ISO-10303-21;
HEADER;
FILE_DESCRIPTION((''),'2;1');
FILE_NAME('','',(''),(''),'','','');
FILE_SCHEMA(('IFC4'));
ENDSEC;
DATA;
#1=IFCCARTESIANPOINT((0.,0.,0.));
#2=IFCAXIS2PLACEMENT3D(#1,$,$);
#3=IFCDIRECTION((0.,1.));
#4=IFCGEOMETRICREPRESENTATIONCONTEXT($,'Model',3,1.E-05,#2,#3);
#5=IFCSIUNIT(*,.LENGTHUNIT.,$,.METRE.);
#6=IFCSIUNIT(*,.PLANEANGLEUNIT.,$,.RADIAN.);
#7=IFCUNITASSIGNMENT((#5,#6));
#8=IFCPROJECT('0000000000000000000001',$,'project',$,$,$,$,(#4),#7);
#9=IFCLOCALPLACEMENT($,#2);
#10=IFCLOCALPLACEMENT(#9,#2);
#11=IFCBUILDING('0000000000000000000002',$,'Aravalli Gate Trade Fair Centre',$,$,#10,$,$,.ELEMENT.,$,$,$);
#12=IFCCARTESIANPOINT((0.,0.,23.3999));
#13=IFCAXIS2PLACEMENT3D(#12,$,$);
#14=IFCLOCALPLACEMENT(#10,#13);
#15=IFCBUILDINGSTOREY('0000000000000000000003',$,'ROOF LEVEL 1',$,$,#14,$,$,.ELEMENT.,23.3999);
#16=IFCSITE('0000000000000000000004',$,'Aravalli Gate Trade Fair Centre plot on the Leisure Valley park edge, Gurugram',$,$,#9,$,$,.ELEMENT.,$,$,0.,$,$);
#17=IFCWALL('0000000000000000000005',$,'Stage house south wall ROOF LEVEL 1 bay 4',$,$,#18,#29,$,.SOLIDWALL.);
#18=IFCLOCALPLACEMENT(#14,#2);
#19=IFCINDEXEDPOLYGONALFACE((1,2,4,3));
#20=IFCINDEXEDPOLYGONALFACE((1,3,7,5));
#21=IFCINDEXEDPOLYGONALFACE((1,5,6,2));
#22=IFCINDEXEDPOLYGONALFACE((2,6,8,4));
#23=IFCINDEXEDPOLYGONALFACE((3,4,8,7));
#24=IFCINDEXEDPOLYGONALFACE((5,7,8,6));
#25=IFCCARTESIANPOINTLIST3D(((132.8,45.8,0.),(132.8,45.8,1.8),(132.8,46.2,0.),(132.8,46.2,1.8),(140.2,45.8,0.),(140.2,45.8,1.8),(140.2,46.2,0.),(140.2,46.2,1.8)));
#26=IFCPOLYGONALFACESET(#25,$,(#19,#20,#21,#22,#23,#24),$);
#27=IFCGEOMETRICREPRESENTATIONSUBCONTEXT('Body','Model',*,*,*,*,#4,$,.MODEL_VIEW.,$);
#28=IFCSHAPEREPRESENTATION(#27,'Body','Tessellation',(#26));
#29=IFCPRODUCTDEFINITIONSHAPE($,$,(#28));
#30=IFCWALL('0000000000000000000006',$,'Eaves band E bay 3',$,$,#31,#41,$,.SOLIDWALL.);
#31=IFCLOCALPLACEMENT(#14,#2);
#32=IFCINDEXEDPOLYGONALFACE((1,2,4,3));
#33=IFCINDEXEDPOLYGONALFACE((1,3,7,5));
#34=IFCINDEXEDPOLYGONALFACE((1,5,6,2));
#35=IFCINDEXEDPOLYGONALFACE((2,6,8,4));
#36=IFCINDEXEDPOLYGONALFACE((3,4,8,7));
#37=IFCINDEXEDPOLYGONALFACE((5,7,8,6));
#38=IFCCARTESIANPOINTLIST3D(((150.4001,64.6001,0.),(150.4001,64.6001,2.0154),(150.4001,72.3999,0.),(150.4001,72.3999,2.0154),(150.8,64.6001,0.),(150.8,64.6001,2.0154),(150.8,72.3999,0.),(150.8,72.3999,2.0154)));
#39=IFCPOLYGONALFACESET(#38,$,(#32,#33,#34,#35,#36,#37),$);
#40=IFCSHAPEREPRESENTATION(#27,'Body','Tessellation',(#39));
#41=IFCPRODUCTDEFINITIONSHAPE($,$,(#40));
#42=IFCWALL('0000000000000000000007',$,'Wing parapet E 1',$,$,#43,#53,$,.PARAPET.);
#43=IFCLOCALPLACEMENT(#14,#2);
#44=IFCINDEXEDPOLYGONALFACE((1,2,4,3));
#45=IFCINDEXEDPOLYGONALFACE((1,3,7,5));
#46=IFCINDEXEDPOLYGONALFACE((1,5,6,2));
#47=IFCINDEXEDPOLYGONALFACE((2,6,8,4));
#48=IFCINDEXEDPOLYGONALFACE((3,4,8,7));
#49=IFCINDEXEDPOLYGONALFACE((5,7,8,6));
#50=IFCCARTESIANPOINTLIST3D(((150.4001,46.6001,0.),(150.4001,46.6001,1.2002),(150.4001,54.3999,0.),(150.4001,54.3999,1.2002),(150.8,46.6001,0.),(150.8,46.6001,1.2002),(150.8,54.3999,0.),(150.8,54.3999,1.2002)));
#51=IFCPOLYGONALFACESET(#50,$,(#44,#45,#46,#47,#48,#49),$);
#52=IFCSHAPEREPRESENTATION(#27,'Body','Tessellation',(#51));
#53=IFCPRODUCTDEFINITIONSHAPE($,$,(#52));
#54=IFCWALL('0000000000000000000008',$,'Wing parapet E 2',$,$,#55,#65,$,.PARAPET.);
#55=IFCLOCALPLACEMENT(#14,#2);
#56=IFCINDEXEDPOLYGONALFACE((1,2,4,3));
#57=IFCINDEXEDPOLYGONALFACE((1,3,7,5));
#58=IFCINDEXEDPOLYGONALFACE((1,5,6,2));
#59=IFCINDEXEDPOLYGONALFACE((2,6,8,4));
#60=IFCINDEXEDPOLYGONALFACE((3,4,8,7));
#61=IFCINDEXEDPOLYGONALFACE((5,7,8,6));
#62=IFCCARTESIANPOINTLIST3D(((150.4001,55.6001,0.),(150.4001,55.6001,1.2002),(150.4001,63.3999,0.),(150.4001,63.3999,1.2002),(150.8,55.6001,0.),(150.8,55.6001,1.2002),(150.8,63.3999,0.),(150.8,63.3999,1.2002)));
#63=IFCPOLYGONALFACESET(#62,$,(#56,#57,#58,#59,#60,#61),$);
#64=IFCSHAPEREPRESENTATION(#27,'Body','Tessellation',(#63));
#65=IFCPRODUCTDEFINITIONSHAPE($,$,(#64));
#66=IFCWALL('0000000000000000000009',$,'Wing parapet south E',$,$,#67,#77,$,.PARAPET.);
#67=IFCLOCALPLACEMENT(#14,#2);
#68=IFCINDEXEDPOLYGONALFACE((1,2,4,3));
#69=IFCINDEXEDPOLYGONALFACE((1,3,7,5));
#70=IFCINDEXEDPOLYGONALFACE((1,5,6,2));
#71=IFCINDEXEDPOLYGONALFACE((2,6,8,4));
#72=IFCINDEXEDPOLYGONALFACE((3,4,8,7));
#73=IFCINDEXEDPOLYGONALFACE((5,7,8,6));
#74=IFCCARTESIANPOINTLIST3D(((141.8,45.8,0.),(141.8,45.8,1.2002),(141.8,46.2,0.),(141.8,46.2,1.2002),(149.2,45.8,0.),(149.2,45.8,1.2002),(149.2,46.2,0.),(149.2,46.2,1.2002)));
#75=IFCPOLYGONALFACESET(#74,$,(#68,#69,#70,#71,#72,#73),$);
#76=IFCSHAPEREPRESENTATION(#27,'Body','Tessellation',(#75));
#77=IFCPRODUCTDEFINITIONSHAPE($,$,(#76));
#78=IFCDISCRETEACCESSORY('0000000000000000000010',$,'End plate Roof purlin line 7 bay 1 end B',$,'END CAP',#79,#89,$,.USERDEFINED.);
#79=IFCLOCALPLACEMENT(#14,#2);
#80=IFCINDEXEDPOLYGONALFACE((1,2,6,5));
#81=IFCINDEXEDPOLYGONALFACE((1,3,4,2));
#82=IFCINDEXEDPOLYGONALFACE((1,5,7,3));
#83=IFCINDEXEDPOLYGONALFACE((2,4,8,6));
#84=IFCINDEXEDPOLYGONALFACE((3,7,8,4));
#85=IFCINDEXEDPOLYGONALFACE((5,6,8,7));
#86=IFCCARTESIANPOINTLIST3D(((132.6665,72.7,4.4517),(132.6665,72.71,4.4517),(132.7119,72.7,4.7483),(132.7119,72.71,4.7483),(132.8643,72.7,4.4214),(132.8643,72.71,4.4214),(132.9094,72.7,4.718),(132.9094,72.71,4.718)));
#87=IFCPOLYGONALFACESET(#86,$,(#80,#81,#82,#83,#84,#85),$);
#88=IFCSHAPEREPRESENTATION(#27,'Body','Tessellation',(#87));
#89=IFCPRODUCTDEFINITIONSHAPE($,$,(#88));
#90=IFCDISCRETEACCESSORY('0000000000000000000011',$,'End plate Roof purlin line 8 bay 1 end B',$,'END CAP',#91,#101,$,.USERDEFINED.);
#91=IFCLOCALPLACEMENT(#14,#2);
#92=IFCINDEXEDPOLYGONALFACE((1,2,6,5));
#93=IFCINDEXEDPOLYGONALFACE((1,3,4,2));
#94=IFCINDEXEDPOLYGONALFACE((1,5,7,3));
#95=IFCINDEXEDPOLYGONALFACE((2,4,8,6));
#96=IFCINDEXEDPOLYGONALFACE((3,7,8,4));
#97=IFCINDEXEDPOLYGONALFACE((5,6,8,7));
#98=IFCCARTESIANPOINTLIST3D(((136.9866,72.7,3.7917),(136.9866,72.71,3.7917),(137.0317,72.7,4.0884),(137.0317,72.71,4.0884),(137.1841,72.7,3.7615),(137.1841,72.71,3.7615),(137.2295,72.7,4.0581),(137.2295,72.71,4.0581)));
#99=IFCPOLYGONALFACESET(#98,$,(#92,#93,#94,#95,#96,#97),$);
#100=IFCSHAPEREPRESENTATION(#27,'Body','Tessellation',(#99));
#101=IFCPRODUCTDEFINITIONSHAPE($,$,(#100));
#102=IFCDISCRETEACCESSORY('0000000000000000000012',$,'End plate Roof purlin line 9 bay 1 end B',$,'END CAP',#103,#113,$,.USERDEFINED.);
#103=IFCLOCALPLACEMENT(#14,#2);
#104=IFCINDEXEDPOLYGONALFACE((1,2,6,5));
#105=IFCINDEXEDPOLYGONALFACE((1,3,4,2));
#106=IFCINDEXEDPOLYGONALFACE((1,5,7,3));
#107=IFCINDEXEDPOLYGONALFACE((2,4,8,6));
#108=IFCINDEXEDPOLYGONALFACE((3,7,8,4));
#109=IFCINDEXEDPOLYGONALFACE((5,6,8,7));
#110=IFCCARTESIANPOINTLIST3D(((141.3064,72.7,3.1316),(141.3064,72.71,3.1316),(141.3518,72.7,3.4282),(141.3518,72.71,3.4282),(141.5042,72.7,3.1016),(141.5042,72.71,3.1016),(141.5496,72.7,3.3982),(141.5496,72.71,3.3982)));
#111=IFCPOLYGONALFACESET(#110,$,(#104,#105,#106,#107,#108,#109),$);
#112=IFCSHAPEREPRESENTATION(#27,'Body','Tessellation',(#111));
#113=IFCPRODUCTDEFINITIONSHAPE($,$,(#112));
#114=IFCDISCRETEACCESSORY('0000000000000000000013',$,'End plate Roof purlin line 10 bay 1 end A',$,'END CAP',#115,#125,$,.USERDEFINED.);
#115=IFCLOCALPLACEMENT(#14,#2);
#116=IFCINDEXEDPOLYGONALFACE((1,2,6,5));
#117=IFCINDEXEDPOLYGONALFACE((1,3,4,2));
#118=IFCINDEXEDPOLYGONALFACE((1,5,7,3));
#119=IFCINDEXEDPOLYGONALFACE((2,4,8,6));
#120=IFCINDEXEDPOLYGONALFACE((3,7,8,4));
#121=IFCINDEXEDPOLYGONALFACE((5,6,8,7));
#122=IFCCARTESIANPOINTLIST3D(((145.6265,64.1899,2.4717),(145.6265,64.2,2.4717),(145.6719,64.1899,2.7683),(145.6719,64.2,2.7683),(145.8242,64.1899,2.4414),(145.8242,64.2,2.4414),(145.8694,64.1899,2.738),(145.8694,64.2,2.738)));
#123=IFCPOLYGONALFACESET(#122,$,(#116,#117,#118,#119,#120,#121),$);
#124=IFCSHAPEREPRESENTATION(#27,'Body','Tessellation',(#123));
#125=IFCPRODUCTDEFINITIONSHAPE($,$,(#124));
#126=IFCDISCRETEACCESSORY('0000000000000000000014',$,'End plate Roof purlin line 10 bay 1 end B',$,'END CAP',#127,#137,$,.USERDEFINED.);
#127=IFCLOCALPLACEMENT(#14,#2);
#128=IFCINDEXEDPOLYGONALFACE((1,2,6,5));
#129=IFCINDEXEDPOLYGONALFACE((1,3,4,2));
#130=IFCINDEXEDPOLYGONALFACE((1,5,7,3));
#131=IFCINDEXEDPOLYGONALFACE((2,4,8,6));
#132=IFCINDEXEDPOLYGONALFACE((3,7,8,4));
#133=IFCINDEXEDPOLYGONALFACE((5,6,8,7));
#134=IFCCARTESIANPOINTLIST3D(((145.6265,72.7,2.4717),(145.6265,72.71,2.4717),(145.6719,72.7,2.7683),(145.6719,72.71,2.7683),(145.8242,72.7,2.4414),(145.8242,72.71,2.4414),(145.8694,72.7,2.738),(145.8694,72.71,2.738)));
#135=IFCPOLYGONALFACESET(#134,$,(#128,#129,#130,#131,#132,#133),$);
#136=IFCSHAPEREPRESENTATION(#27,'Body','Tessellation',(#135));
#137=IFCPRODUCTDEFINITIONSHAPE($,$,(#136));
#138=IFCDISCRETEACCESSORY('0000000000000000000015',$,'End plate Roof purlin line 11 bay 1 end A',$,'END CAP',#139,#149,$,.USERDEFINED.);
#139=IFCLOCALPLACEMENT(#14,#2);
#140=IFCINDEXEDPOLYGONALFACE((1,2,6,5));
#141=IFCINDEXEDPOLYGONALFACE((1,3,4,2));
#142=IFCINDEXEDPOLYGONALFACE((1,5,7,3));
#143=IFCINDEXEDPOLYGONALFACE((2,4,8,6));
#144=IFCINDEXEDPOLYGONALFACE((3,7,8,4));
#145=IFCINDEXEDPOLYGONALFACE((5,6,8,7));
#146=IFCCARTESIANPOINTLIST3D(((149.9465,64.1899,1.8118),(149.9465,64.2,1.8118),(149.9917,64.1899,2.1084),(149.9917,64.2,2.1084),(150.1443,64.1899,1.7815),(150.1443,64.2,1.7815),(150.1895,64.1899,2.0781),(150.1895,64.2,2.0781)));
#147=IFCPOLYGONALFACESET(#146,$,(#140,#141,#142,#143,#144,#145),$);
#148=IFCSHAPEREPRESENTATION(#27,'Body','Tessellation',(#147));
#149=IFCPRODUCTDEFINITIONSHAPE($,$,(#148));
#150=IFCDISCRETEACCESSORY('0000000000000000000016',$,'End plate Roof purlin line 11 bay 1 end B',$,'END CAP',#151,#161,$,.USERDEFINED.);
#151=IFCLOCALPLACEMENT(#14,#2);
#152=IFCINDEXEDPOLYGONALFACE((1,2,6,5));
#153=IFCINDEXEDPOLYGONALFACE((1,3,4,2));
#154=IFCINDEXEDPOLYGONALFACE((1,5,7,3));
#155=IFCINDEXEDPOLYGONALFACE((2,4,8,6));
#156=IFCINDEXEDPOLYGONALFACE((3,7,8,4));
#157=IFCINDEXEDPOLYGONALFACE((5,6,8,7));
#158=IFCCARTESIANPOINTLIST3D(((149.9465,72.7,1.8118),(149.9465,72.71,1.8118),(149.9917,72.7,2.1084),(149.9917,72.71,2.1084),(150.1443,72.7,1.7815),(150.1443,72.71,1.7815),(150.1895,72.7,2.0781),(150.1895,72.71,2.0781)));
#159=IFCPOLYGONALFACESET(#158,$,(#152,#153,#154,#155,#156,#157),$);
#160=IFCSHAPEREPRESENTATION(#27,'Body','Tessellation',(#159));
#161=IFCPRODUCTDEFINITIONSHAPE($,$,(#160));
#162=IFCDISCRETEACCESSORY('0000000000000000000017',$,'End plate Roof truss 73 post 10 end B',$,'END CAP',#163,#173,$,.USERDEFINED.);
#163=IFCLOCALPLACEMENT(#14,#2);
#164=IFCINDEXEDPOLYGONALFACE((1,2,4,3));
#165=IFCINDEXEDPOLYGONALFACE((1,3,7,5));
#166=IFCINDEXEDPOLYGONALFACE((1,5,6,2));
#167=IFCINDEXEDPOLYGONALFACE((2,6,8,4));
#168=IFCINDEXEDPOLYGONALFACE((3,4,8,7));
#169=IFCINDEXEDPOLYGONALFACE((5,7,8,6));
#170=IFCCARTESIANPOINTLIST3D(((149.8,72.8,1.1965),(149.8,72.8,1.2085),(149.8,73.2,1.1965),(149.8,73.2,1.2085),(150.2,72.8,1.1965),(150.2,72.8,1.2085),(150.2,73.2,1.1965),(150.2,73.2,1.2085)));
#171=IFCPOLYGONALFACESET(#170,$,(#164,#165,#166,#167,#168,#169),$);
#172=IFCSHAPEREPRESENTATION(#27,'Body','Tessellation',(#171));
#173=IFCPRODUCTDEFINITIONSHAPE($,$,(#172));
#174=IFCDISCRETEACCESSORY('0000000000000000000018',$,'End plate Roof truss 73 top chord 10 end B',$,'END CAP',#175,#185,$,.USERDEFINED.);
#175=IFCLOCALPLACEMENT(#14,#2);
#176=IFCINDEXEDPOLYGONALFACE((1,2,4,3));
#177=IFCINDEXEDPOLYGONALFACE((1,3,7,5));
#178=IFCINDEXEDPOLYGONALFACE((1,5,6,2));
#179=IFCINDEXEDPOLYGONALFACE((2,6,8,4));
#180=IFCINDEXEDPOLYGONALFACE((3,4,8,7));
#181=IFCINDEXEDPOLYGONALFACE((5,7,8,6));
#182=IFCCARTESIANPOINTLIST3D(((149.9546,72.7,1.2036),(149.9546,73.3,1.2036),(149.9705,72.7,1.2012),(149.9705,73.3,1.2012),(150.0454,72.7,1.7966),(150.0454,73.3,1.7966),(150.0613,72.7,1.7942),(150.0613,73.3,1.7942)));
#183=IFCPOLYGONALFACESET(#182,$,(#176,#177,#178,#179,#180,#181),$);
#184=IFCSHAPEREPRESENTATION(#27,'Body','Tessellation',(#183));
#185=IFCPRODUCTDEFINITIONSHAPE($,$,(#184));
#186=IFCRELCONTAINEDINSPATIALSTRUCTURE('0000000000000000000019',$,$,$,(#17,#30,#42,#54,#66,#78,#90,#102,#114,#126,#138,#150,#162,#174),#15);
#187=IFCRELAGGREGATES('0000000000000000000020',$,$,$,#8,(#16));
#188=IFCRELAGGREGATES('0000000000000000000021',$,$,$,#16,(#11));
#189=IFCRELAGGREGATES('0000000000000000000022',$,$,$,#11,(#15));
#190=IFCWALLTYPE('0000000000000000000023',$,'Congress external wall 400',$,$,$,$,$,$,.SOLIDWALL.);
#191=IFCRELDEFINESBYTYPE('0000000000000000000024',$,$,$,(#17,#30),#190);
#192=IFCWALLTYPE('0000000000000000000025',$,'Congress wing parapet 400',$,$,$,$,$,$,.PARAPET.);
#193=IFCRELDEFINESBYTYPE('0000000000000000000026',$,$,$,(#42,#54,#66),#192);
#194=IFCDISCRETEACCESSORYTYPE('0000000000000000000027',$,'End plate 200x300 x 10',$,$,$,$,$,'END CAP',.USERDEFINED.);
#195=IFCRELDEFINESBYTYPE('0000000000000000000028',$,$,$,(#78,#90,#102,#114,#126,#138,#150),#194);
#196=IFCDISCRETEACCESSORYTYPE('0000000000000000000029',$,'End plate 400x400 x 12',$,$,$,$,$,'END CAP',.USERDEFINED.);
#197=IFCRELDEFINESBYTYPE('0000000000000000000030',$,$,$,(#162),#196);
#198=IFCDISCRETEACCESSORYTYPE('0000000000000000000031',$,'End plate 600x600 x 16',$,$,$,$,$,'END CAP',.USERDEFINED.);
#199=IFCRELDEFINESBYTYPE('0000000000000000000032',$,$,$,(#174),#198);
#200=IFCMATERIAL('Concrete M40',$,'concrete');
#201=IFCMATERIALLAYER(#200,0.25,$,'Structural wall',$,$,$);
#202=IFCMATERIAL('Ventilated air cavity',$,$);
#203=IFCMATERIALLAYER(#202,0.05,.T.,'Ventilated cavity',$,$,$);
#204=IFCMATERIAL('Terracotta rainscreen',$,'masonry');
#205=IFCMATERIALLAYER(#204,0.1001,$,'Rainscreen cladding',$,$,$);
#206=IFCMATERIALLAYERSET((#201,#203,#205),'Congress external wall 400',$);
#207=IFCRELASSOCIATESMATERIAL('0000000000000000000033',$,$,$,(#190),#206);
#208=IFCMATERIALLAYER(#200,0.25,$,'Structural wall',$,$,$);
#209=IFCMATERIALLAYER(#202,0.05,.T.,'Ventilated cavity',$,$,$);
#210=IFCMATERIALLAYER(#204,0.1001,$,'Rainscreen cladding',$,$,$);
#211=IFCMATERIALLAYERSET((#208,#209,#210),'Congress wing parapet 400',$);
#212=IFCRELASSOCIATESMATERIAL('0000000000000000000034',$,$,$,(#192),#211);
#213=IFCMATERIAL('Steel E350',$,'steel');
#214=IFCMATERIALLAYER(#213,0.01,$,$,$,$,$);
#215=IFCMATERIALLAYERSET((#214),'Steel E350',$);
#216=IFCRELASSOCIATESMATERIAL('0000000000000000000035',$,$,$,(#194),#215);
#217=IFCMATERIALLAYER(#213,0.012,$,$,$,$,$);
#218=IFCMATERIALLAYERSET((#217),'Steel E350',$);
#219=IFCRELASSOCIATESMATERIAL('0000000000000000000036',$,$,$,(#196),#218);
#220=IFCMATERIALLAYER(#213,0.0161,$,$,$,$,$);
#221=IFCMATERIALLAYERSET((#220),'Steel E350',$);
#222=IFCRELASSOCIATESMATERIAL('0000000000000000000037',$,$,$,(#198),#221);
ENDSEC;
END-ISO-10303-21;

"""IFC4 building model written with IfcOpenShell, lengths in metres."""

from ifc_helpers import new_model, si_unit, direction, frame, frame_2d, origin, place, context, subcontext, project, spatial, polyline, rectangle, outline, extrude, material, layer, layer_set, type_object, element, save


model = new_model("IFC4")

# Units and contexts
model_context = context("Model", 3, precision=1e-05, world=origin(), true_north=direction((0.0, 1.0)))
body_context = subcontext(model_context, "Body", "Model", "MODEL_VIEW")
ifc_project = project(units=[si_unit("LENGTHUNIT", "METRE"), si_unit("PLANEANGLEUNIT", "RADIAN")], contexts=[model_context])

# Site, building, storey
site_placement = place(None, origin())
site = spatial("IfcSite", under=ifc_project, at=site_placement, Name="Aravalli Gate Trade Fair Centre plot on the Leisure Valley park edge, Gurugram", CompositionType="ELEMENT", RefElevation=0.0)
building_placement = place(site_placement, origin())
building = spatial("IfcBuilding", under=site, at=building_placement, Name="Aravalli Gate Trade Fair Centre", CompositionType="ELEMENT")
storey_placement = place(building_placement, frame((0.0, 0.0, 23.3999)))
storey = spatial("IfcBuildingStorey", under=building, at=storey_placement, Name="ROOF LEVEL 1", CompositionType="ELEMENT", Elevation=23.3999)

# Shared definitions
ifc_material_1 = material(Name="Steel E350", Category="steel")

# Walls
ifc_material_2 = material(Name="Concrete M40", Category="concrete")
ifc_layer_1 = layer(ifc_material_2, 0.25, Name="Structural wall")
ifc_material_3 = material(Name="Ventilated air cavity")
ifc_layer_2 = layer(ifc_material_3, 0.05, ventilated=True, Name="Ventilated cavity")
ifc_material_4 = material(Name="Terracotta rainscreen", Category="masonry")
ifc_layer_3 = layer(ifc_material_4, 0.1001, Name="Rainscreen cladding")
ifc_layer_set_1 = layer_set([ifc_layer_1, ifc_layer_2, ifc_layer_3], Name="Congress external wall 400")
wall_type_1 = type_object("IfcWallType", Name="Congress external wall 400", PredefinedType="SOLIDWALL", material=ifc_layer_set_1)
wall_1_placement = place(storey_placement, frame((132.8, 46.0, 0.0), z_axis=(0.0, 0.0, 1.0), x_axis=(1.0, 0.0, 0.0)))
element("IfcWall", 1, at=wall_1_placement, inside=storey, type_object=wall_type_1, Name="Stage house south wall ROOF LEVEL 1 bay 4", PredefinedType="SOLIDWALL", context=body_context, shape_type="SweptSolid", body=[
    extrude(rectangle(XDim=7.3999, YDim=0.3999, at=frame_2d((3.7, 0.0))), origin(), (0.0, 0.0, 1.0), 1.8),
])
wall_2_placement = place(storey_placement, frame((150.6001, 64.6001, 0.0), z_axis=(0.0, 0.0, 1.0), x_axis=(0.0, 1.0, 0.0)))
element("IfcWall", 2, at=wall_2_placement, inside=storey, type_object=wall_type_1, Name="Eaves band E bay 3", PredefinedType="SOLIDWALL", context=body_context, shape_type="SweptSolid", body=[
    extrude(rectangle(XDim=7.7998, YDim=0.3999, at=frame_2d((3.8999, 0.0))), origin(), (0.0, 0.0, 1.0), 2.0154),
])
ifc_layer_4 = layer(ifc_material_2, 0.25, Name="Structural wall")
ifc_layer_5 = layer(ifc_material_3, 0.05, ventilated=True, Name="Ventilated cavity")
ifc_layer_6 = layer(ifc_material_4, 0.1001, Name="Rainscreen cladding")
ifc_layer_set_2 = layer_set([ifc_layer_4, ifc_layer_5, ifc_layer_6], Name="Congress wing parapet 400")
wall_type_2 = type_object("IfcWallType", Name="Congress wing parapet 400", PredefinedType="PARAPET", material=ifc_layer_set_2)
for number, where, z_axis, x_axis, name in (
    (3, (150.6001, 46.6001, 0.0), (0.0, 0.0, 1.0), (0.0, 1.0, 0.0), "Wing parapet E 1"),
    (4, (150.6001, 55.6001, 0.0), (0.0, 0.0, 1.0), (0.0, 1.0, 0.0), "Wing parapet E 2"),
):
    element("IfcWall", number, at=place(storey_placement, frame(where, z_axis=z_axis, x_axis=x_axis)), inside=storey, type_object=wall_type_2, Name=name, PredefinedType="PARAPET", context=body_context, shape_type="SweptSolid", body=[
        extrude(rectangle(XDim=7.7998, YDim=0.3999, at=frame_2d((3.8999, 0.0))), origin(), (0.0, 0.0, 1.0), 1.2002),
    ])
wall_3_placement = place(storey_placement, frame((141.8, 46.0, 0.0), z_axis=(0.0, 0.0, 1.0), x_axis=(1.0, 0.0, 0.0)))
element("IfcWall", 5, at=wall_3_placement, inside=storey, type_object=wall_type_2, Name="Wing parapet south E", PredefinedType="PARAPET", context=body_context, shape_type="SweptSolid", body=[
    extrude(rectangle(XDim=7.3999, YDim=0.3999, at=frame_2d((3.7, 0.0))), origin(), (0.0, 0.0, 1.0), 1.2002),
])

# Discrete accessories
ifc_layer_7 = layer(ifc_material_1, 0.01)
ifc_layer_set_3 = layer_set([ifc_layer_7], Name="Steel E350")
discrete_accessory_type_1 = type_object("IfcDiscreteAccessoryType", Name="End plate 200x300 x 10", ElementType="END CAP", PredefinedType="USERDEFINED", material=ifc_layer_set_3)
discrete_accessory_1_placement = place(storey_placement, frame((132.8643, 72.71, 4.4214), z_axis=(0.0, 1.0, 0.0), x_axis=(-0.988484, 0.0, 0.151324)))
element("IfcDiscreteAccessory", 6, at=discrete_accessory_1_placement, inside=storey, type_object=discrete_accessory_type_1, Name="End plate Roof purlin line 7 bay 1 end B", ObjectType="END CAP", PredefinedType="USERDEFINED", context=body_context, shape_type="SweptSolid", body=[
    extrude(outline(polyline([(0.0, 0.0), (0.2001, 0.0), (0.2001, 0.3001), (0.0002, 0.3), (0.0, 0.0)])), origin(), (0.0, 0.0, -1.0), 0.01),
])
discrete_accessory_2_placement = place(storey_placement, frame((137.1841, 72.71, 3.7615), z_axis=(0.0, 1.0, 0.0), x_axis=(-0.988456, 0.0, 0.151506)))
element("IfcDiscreteAccessory", 7, at=discrete_accessory_2_placement, inside=storey, type_object=discrete_accessory_type_1, Name="End plate Roof purlin line 8 bay 1 end B", ObjectType="END CAP", PredefinedType="USERDEFINED", context=body_context, shape_type="SweptSolid", body=[
    extrude(outline(polyline([(0.0, 0.0), (0.1998, 0.0), (0.2001, 0.3), (0.0001, 0.3001), (0.0, 0.0)])), origin(), (0.0, 0.0, -1.0), 0.01),
])
discrete_accessory_3_placement = place(storey_placement, frame((141.5042, 72.71, 3.1016), z_axis=(0.0, 1.0, 0.0), x_axis=(-0.988666, 0.0, 0.150131)))
element("IfcDiscreteAccessory", 8, at=discrete_accessory_3_placement, inside=storey, type_object=discrete_accessory_type_1, Name="End plate Roof purlin line 9 bay 1 end B", ObjectType="END CAP", PredefinedType="USERDEFINED", context=body_context, shape_type="SweptSolid", body=[
    extrude(outline(polyline([(0.0, 0.0), (0.2, 0.0), (0.1997, 0.3001), (-0.0004, 0.3001), (0.0, 0.0)])), origin(), (0.0, 0.0, -1.0), 0.01),
])
for number, where, z_axis, x_axis, name in (
    (9, (145.8242, 64.2, 2.4414), (0.0, 1.0, 0.0), (-0.988484, 0.0, 0.151324), "End plate Roof purlin line 10 bay 1 end A"),
    (10, (145.8242, 72.71, 2.4414), (0.0, 1.0, 0.0), (-0.988484, 0.0, 0.151324), "End plate Roof purlin line 10 bay 1 end B"),
):
    element("IfcDiscreteAccessory", number, at=place(storey_placement, frame(where, z_axis=z_axis, x_axis=x_axis)), inside=storey, type_object=discrete_accessory_type_1, Name=name, ObjectType="END CAP", PredefinedType="USERDEFINED", context=body_context, shape_type="SweptSolid", body=[
        extrude(outline(polyline([(0.0, 0.0), (0.2001, 0.0), (0.2001, 0.3001), (0.0002, 0.3), (0.0, 0.0)])), origin(), (0.0, 0.0, -1.0), 0.01),
    ])
for number, where, z_axis, x_axis, name in (
    (11, (150.1443, 64.2, 1.7815), (0.0, 1.0, 0.0), (-0.988484, 0.0, 0.151324), "End plate Roof purlin line 11 bay 1 end A"),
    (12, (150.1443, 72.71, 1.7815), (0.0, 1.0, 0.0), (-0.988484, 0.0, 0.151324), "End plate Roof purlin line 11 bay 1 end B"),
):
    element("IfcDiscreteAccessory", number, at=place(storey_placement, frame(where, z_axis=z_axis, x_axis=x_axis)), inside=storey, type_object=discrete_accessory_type_1, Name=name, ObjectType="END CAP", PredefinedType="USERDEFINED", context=body_context, shape_type="SweptSolid", body=[
        extrude(outline(polyline([(0.0, 0.0), (0.2001, 0.0), (0.2003, 0.3), (0.0002, 0.3), (0.0, 0.0)])), origin(), (0.0, 0.0, -1.0), 0.01),
    ])
ifc_layer_8 = layer(ifc_material_1, 0.012)
ifc_layer_set_4 = layer_set([ifc_layer_8], Name="Steel E350")
discrete_accessory_type_2 = type_object("IfcDiscreteAccessoryType", Name="End plate 400x400 x 12", ElementType="END CAP", PredefinedType="USERDEFINED", material=ifc_layer_set_4)
discrete_accessory_4_placement = place(storey_placement, frame((149.8, 72.8, 1.2085), z_axis=(0.0, 0.0, 1.0), x_axis=(1.0, 0.0, 0.0)))
element("IfcDiscreteAccessory", 13, at=discrete_accessory_4_placement, inside=storey, type_object=discrete_accessory_type_2, Name="End plate Roof truss 73 post 10 end B", ObjectType="END CAP", PredefinedType="USERDEFINED", context=body_context, shape_type="SweptSolid", body=[
    extrude(outline(polyline([(0.0, 0.0), (0.3999, 0.0), (0.3999, 0.3999), (0.0, 0.3999), (0.0, 0.0)])), origin(), (0.0, 0.0, -1.0), 0.012),
])
ifc_layer_9 = layer(ifc_material_1, 0.0161)
ifc_layer_set_5 = layer_set([ifc_layer_9], Name="Steel E350")
discrete_accessory_type_3 = type_object("IfcDiscreteAccessoryType", Name="End plate 600x600 x 16", ElementType="END CAP", PredefinedType="USERDEFINED", material=ifc_layer_set_5)
discrete_accessory_5_placement = place(storey_placement, frame((149.9546, 72.7, 1.2036), z_axis=(-0.988475, 0.0, 0.151384), x_axis=(0.0, 1.0, 0.0)))
element("IfcDiscreteAccessory", 14, at=discrete_accessory_5_placement, inside=storey, type_object=discrete_accessory_type_3, Name="End plate Roof truss 73 top chord 10 end B", ObjectType="END CAP", PredefinedType="USERDEFINED", context=body_context, shape_type="SweptSolid", body=[
    extrude(outline(polyline([(0.0, 0.0), (0.6001, 0.0), (0.6001, -0.5999), (0.0, -0.5999), (0.0, 0.0)])), origin(), (0.0, 0.0, -1.0), 0.0161),
])

save(model, "model.ifc")
